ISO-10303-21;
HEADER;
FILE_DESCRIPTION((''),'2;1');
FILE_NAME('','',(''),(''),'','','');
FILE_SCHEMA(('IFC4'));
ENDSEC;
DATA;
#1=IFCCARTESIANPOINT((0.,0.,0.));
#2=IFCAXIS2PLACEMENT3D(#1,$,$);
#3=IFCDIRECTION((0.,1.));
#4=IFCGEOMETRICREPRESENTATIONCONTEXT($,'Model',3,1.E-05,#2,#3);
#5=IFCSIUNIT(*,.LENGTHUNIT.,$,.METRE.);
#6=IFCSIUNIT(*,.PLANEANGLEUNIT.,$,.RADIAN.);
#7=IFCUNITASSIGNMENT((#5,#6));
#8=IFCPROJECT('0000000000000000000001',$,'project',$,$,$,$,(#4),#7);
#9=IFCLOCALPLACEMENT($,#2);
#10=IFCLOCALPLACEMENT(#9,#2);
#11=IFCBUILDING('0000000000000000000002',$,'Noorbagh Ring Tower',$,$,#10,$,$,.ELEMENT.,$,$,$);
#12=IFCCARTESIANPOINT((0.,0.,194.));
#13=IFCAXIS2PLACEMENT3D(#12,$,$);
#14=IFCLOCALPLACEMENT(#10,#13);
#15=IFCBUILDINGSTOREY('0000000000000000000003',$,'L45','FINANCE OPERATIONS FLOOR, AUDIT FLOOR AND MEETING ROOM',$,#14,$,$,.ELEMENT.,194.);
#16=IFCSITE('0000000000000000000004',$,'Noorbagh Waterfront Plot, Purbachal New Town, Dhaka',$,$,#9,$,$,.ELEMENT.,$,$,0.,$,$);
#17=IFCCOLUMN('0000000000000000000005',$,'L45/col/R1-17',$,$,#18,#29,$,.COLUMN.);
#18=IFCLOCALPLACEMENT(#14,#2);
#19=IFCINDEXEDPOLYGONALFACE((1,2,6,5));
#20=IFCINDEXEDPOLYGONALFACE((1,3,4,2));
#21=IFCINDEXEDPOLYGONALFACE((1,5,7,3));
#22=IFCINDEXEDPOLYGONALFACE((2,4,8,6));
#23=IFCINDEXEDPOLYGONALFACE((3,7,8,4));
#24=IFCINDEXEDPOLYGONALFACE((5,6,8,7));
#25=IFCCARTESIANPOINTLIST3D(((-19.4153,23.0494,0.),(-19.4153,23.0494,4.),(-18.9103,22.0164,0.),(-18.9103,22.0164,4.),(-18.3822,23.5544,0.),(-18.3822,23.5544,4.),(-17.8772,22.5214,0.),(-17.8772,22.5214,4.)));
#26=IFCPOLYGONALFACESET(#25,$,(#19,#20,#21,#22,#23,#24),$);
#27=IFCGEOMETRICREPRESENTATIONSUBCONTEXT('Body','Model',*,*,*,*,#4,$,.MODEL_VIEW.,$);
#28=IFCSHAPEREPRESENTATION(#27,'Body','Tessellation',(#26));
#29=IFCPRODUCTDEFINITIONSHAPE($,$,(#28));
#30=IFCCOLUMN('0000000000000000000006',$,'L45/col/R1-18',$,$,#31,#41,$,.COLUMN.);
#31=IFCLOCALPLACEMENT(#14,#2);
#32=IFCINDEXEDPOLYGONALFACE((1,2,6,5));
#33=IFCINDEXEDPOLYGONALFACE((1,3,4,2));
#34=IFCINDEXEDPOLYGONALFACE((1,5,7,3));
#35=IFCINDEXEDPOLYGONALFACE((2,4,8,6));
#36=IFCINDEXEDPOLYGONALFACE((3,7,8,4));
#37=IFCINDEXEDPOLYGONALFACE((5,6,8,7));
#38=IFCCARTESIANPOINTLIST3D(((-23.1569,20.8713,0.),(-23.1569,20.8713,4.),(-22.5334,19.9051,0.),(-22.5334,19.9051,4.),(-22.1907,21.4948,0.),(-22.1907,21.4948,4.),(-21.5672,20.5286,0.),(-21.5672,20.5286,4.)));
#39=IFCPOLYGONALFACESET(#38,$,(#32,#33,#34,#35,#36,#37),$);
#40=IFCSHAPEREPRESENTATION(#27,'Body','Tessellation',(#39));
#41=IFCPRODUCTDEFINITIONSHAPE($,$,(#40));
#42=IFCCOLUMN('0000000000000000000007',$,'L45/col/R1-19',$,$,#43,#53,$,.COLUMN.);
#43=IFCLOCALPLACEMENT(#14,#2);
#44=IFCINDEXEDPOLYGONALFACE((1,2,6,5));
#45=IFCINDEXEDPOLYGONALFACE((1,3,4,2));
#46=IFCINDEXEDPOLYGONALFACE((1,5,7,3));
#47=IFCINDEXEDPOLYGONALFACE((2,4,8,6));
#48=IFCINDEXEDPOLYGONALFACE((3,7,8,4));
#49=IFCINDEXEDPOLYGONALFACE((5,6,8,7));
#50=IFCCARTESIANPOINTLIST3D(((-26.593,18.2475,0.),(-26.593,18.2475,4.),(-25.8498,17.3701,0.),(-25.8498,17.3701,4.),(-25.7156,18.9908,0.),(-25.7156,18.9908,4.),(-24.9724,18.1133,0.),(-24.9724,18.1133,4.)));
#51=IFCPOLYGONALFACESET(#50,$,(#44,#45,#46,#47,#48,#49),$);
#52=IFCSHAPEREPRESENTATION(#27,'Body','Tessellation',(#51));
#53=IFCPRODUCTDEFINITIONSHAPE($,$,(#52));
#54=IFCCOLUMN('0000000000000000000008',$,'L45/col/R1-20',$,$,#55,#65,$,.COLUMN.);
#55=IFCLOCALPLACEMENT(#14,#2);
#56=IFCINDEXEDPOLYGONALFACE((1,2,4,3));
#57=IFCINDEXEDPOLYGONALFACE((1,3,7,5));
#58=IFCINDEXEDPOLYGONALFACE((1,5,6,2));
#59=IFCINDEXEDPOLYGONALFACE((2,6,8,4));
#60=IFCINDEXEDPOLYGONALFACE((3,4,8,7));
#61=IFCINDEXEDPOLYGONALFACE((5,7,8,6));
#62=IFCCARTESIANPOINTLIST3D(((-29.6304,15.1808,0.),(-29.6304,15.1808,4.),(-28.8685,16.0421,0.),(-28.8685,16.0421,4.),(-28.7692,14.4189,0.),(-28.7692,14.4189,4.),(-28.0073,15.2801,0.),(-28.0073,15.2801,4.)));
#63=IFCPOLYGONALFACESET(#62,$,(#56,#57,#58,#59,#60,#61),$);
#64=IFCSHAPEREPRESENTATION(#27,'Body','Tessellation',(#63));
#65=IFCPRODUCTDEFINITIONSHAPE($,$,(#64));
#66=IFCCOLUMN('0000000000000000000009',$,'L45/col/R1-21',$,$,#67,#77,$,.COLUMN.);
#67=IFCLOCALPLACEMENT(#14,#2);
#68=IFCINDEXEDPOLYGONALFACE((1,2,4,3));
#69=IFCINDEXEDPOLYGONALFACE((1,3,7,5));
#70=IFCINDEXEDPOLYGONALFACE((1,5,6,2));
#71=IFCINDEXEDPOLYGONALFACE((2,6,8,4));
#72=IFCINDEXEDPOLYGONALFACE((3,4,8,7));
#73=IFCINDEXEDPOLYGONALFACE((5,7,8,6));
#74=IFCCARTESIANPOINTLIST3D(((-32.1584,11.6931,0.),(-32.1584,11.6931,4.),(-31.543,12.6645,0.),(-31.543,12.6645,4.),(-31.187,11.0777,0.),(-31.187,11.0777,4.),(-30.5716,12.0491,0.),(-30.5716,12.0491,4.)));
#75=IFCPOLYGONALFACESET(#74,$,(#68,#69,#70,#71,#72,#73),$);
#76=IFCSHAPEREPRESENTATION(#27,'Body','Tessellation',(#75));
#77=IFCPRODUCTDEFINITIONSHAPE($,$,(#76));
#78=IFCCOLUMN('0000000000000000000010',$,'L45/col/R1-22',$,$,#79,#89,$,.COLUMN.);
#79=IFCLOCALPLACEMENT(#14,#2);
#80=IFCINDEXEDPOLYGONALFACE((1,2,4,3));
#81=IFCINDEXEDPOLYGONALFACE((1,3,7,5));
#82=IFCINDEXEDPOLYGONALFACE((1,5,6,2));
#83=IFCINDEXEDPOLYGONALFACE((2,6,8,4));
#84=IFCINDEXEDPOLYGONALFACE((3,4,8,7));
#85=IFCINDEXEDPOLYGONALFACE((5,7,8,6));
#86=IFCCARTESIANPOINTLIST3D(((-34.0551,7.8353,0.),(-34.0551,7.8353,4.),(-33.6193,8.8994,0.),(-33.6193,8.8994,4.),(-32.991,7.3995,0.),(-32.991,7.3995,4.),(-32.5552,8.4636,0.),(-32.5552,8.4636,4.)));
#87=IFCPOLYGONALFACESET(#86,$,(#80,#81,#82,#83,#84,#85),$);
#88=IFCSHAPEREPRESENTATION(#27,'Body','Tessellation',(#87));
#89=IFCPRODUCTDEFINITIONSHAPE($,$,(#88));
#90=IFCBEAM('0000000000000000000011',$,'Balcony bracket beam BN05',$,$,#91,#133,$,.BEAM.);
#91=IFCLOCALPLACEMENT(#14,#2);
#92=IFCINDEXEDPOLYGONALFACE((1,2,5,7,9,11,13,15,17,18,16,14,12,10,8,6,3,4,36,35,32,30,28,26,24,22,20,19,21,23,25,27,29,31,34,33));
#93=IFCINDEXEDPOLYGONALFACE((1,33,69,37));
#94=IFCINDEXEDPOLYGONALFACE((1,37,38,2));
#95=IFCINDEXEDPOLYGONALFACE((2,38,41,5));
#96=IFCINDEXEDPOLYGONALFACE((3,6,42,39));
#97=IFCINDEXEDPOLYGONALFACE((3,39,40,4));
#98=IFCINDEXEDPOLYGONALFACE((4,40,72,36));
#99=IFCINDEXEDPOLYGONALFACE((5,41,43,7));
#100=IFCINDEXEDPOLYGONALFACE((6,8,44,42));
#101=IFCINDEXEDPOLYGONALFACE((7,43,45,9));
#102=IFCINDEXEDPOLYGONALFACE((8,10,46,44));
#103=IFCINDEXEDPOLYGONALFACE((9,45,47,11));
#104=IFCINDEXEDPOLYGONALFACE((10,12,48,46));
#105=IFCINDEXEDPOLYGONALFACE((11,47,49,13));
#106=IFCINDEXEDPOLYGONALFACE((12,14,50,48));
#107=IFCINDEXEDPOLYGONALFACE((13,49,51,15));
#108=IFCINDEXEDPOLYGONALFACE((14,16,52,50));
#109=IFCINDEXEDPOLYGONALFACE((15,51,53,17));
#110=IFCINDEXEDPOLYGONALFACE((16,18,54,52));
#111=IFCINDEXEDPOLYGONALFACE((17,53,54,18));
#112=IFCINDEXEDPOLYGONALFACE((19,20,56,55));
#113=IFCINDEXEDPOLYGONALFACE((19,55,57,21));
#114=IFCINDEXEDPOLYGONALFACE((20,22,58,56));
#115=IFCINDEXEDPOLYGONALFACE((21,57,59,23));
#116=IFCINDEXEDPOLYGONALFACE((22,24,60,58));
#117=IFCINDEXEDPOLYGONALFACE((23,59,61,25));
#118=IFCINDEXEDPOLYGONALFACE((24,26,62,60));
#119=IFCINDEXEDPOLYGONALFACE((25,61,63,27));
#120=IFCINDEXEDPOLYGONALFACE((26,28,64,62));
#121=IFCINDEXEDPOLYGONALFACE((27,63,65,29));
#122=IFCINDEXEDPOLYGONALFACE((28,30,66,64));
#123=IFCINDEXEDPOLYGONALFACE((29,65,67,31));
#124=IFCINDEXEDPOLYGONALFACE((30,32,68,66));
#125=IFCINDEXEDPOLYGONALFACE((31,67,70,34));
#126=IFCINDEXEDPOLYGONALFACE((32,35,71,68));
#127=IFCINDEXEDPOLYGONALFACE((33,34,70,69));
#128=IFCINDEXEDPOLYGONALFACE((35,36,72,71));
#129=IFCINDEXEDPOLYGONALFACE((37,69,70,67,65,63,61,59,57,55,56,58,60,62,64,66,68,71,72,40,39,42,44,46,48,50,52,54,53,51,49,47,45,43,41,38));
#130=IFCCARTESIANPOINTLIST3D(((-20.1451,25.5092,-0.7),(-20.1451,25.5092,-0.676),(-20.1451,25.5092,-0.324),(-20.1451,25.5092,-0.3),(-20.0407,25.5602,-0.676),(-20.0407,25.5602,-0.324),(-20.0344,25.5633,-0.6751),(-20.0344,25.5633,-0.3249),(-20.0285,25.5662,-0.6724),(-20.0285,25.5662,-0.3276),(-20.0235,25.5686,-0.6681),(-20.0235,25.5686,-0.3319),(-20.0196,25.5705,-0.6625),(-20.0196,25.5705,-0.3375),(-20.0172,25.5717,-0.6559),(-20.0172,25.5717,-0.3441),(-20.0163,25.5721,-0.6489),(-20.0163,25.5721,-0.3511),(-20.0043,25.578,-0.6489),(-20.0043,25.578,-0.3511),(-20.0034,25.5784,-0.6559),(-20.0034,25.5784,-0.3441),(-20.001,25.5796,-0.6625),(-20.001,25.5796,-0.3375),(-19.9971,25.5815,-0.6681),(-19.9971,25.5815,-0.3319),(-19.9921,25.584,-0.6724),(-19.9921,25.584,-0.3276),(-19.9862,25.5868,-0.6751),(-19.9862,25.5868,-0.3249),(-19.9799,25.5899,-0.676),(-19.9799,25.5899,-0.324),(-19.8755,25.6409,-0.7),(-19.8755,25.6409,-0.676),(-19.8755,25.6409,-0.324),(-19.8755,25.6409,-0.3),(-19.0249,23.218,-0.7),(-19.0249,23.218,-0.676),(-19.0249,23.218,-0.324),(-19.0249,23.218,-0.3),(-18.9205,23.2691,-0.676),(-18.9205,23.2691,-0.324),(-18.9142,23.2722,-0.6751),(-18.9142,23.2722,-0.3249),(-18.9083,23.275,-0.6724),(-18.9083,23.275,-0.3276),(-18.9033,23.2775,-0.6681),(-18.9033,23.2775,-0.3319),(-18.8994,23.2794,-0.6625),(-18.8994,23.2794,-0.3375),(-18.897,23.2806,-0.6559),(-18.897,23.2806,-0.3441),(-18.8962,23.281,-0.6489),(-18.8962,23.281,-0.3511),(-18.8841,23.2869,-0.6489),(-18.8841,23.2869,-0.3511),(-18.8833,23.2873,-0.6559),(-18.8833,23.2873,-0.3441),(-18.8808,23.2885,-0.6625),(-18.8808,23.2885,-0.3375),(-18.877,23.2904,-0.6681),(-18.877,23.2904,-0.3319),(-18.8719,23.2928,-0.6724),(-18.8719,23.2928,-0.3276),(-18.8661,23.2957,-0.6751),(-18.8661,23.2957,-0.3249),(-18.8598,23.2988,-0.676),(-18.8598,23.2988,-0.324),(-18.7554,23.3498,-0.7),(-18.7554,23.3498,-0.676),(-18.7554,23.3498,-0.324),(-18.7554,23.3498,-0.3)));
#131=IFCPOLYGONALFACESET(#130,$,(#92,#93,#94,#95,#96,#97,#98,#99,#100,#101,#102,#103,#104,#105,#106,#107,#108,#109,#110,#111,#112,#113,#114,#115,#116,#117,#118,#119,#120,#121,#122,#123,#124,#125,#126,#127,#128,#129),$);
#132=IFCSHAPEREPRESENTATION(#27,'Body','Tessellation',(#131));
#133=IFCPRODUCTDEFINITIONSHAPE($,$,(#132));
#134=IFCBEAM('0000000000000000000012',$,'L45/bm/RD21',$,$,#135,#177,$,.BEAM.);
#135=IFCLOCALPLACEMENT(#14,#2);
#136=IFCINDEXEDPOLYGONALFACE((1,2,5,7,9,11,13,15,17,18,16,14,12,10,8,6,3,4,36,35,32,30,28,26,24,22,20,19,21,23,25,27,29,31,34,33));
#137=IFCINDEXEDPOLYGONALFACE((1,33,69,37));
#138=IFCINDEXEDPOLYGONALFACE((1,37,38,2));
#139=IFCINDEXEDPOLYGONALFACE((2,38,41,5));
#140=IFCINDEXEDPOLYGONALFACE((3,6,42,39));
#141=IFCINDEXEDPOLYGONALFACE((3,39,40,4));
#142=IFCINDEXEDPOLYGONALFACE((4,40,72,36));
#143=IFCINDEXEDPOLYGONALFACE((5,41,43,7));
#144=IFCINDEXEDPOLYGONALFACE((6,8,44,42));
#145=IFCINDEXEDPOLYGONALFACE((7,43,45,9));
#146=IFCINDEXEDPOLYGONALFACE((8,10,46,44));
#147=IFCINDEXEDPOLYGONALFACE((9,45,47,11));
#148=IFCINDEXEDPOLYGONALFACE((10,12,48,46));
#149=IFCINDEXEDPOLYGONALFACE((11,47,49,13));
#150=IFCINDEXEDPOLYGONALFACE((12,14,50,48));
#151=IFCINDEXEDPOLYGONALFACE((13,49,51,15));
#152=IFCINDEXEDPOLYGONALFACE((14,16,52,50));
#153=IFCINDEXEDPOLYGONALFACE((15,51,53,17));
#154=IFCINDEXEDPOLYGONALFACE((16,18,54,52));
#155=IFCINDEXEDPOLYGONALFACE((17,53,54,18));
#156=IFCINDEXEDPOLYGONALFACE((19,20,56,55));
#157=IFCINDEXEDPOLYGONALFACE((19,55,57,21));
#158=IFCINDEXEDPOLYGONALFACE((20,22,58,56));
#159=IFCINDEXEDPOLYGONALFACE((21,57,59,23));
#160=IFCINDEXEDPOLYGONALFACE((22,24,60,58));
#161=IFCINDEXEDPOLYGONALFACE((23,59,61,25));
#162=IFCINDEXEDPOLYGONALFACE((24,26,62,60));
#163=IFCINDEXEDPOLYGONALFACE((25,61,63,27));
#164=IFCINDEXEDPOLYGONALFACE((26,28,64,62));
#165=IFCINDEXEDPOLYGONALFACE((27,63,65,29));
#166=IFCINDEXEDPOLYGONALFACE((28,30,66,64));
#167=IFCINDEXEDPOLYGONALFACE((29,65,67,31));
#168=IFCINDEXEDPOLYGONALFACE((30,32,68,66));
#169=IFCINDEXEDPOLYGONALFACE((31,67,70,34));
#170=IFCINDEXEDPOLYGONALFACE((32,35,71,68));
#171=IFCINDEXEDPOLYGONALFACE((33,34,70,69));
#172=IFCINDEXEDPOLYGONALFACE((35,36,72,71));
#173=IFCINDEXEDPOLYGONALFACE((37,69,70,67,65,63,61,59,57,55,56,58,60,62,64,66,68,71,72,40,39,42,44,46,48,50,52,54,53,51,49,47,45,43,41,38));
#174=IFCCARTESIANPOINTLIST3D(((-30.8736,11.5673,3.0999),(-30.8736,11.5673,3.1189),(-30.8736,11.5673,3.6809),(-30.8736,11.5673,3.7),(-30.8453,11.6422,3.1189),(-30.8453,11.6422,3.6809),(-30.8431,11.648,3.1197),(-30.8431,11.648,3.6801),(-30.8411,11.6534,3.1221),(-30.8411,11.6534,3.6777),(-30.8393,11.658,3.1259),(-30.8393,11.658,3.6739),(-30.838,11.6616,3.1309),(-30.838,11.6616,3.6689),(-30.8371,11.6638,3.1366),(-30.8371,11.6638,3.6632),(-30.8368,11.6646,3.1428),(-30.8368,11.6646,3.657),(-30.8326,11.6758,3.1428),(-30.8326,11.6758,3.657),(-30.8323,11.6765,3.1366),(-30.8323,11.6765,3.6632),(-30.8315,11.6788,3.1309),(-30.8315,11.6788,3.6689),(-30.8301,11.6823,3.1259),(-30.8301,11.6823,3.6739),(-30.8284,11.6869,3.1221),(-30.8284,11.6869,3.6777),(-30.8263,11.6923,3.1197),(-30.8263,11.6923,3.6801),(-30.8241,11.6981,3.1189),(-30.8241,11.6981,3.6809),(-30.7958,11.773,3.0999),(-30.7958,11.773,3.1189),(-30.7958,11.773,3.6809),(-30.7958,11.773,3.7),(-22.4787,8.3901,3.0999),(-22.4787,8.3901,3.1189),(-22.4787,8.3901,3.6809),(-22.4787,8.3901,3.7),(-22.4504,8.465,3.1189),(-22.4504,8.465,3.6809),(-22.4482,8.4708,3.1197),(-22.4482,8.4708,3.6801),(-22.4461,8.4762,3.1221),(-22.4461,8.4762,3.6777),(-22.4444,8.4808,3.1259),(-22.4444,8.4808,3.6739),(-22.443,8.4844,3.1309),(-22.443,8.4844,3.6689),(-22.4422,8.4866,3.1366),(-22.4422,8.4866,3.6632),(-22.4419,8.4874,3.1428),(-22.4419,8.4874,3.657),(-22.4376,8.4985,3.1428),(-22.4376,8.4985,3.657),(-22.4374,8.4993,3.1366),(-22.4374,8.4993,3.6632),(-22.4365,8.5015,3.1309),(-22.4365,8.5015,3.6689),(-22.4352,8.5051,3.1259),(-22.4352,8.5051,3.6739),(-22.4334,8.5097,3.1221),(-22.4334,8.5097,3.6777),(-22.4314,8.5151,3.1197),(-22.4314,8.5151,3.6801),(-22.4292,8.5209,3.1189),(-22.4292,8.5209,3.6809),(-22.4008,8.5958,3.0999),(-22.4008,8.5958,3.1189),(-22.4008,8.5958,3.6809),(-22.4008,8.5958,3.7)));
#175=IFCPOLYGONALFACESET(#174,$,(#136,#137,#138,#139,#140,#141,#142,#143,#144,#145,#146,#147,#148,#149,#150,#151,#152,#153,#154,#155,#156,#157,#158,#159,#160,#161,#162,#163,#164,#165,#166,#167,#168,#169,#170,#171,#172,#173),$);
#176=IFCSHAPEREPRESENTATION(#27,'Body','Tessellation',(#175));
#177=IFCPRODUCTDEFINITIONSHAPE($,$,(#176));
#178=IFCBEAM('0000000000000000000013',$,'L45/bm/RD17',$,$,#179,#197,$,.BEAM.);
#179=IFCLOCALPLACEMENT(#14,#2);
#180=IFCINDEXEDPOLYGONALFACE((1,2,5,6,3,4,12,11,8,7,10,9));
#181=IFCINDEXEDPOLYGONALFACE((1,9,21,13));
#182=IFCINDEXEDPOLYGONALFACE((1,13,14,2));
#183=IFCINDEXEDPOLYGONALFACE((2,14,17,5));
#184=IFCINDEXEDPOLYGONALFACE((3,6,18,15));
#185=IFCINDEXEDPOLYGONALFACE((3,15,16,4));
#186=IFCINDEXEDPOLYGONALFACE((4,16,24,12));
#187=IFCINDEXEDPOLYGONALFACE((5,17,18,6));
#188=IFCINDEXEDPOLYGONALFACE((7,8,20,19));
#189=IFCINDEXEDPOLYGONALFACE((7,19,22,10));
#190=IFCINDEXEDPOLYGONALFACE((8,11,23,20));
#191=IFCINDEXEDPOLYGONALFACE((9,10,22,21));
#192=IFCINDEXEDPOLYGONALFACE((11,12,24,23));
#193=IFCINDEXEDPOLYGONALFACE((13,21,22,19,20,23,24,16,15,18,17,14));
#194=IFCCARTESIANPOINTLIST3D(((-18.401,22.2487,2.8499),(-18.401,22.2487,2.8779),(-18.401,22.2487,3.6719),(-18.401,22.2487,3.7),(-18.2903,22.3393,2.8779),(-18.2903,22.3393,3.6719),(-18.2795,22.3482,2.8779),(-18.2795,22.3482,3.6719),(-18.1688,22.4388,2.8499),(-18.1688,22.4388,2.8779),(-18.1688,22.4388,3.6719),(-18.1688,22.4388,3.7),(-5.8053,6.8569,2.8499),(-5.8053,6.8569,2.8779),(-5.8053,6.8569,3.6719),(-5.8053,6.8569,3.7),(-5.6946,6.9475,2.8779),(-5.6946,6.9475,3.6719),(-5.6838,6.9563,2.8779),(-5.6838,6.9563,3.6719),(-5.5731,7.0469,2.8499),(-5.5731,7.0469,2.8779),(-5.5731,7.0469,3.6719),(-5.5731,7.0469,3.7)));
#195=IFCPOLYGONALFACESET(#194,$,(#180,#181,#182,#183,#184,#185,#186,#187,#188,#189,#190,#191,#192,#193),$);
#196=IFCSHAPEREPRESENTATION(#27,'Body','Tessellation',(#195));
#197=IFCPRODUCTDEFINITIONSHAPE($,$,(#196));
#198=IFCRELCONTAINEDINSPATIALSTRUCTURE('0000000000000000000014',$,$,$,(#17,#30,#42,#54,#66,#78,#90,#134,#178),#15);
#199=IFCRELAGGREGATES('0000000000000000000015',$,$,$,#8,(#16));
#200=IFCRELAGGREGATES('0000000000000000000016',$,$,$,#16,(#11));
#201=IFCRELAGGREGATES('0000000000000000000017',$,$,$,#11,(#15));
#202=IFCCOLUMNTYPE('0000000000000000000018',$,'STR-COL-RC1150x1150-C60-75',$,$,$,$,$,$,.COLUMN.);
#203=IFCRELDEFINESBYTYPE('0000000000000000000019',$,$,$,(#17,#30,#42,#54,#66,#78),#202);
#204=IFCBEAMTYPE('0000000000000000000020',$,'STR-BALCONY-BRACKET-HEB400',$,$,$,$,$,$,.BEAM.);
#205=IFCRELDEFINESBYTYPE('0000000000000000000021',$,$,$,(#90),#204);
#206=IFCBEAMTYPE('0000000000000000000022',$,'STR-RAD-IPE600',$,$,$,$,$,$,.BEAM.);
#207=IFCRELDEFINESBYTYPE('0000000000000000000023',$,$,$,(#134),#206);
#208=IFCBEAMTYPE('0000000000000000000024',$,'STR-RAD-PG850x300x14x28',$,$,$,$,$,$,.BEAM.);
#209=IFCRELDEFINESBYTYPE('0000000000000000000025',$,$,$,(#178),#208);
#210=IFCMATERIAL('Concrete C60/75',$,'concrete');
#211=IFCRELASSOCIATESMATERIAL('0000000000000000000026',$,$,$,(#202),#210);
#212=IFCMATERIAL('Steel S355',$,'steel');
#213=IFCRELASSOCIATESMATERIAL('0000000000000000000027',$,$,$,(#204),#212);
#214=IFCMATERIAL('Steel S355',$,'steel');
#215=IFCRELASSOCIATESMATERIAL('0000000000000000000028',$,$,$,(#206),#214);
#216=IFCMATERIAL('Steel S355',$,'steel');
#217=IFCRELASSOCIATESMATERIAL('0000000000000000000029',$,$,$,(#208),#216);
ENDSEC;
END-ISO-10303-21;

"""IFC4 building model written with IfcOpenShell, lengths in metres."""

from ifc_helpers import new_model, si_unit, direction, frame, origin, origin_2d, place, context, subcontext, project, spatial, rectangle, i_section, extrude, material, material_profile, profile_set, type_object, element, save


model = new_model("IFC4")

# Units and contexts
model_context = context("Model", 3, precision=1e-05, world=origin(), true_north=direction((0.0, 1.0)))
body_context = subcontext(model_context, "Body", "Model", "MODEL_VIEW")
ifc_project = project(units=[si_unit("LENGTHUNIT", "METRE"), si_unit("PLANEANGLEUNIT", "RADIAN")], contexts=[model_context])

# Site, building, storey
site_placement = place(None, origin())
site = spatial("IfcSite", under=ifc_project, at=site_placement, Name="Noorbagh Waterfront Plot, Purbachal New Town, Dhaka", CompositionType="ELEMENT", RefElevation=0.0)
building_placement = place(site_placement, origin())
building = spatial("IfcBuilding", under=site, at=building_placement, Name="Noorbagh Ring Tower", CompositionType="ELEMENT")
storey_placement = place(building_placement, frame((0.0, 0.0, 194.0)))
storey = spatial("IfcBuildingStorey", under=building, at=storey_placement, Name="L45", Description="FINANCE OPERATIONS FLOOR, AUDIT FLOOR AND MEETING ROOM", CompositionType="ELEMENT", Elevation=194.0)

# Columns
ifc_material_1 = material(Name="Concrete C60/75", Category="concrete")
ifc_material_profile_1 = material_profile(ifc_material_1, rectangle(XDim=1.1499, YDim=1.1499, at=origin_2d()), Name="RC1150x1150")
ifc_profile_set_1 = profile_set([ifc_material_profile_1], Name="Concrete C60/75")
column_type = type_object("IfcColumnType", Name="STR-COL-RC1150x1150-C60-75", PredefinedType="COLUMN", material=ifc_profile_set_1)
for number, where, z_axis, x_axis, name in (
    (1, (-18.6462, 22.7854, 0.0), (0.0, 0.0, 1.0), (-0.898399, -0.43918, 0.0), "L45/col/R1-17"),
    (2, (-22.3621, 20.7, 0.0), (0.0, 0.0, 1.0), (-0.840248, -0.542203, 0.0), "L45/col/R1-18"),
    (3, (-25.7827, 18.1804, 0.0), (0.0, 0.0, 1.0), (-0.763035, -0.646357, 0.0), "L45/col/R1-19"),
    (4, (-28.8188, 15.2305, 0.0), (0.0, 0.0, 1.0), (-0.662636, -0.748942, 0.0), "L45/col/R1-20"),
    (5, (-31.365, 11.8711, 0.0), (0.0, 0.0, 1.0), (-0.53519, -0.844731, 0.0), "L45/col/R1-21"),
    (6, (-33.3052, 8.1494, 0.0), (0.0, 0.0, 1.0), (-0.378989, -0.925401, 0.0), "L45/col/R1-22"),
):
    element("IfcColumn", number, at=place(storey_placement, frame(where, z_axis=z_axis, x_axis=x_axis)), inside=storey, type_object=column_type, Name=name, PredefinedType="COLUMN", context=body_context, shape_type="SweptSolid", body=[
        extrude(rectangle(XDim=1.1499, YDim=1.1499, at=origin_2d()), origin(), (0.0, 0.0, 1.0), 4.0),
    ])

# Beams
ifc_material_2 = material(Name="Steel S355", Category="steel")
ifc_material_profile_2 = material_profile(ifc_material_2, i_section(OverallWidth=0.3, OverallDepth=0.3999, WebThickness=0.0134, FlangeThickness=0.0239, FilletRadius=0.0271, at=origin_2d()), Name="HEB400")
ifc_profile_set_2 = profile_set([ifc_material_profile_2], Name="Steel S355")
beam_type_1 = type_object("IfcBeamType", Name="STR-BALCONY-BRACKET-HEB400", PredefinedType="BEAM", material=ifc_profile_set_2)
beam_1_placement = place(storey_placement, frame((-18.8901, 23.2839, -0.5), z_axis=(-0.439231, 0.898374, 0.0), x_axis=(-0.898374, -0.439231, 0.0)))
element("IfcBeam", 7, at=beam_1_placement, inside=storey, type_object=beam_type_1, Name="Balcony bracket beam BN05", PredefinedType="BEAM", context=body_context, shape_type="SweptSolid", body=[
    extrude(i_section(OverallWidth=0.3, OverallDepth=0.3999, WebThickness=0.0134, FlangeThickness=0.0239, FilletRadius=0.0271, at=origin_2d()), origin(), (0.0, 0.0, 1.0), 2.5503),
])
ifc_material_3 = material(Name="Steel S355", Category="steel")
ifc_material_profile_3 = material_profile(ifc_material_3, i_section(OverallWidth=0.22, OverallDepth=0.6001, WebThickness=0.012, FlangeThickness=0.019, FilletRadius=0.0239, at=origin_2d()), Name="IPE600")
ifc_profile_set_3 = profile_set([ifc_material_profile_3], Name="Steel S355")
beam_type_2 = type_object("IfcBeamType", Name="STR-RAD-IPE600", PredefinedType="BEAM", material=ifc_profile_set_3)
beam_2_placement = place(storey_placement, frame((-30.8347, 11.6702, 3.3999), z_axis=(0.935259, -0.353965, 0.0), x_axis=(0.353965, 0.935259, 0.0)))
element("IfcBeam", 8, at=beam_2_placement, inside=storey, type_object=beam_type_2, Name="L45/bm/RD21", PredefinedType="BEAM", context=body_context, shape_type="SweptSolid", body=[
    extrude(i_section(OverallWidth=0.22, OverallDepth=0.6001, WebThickness=0.012, FlangeThickness=0.019, FilletRadius=0.0239, at=origin_2d()), origin(), (0.0, 0.0, 1.0), 8.9761),
])
ifc_material_4 = material(Name="Steel S355", Category="steel")
ifc_material_profile_4 = material_profile(ifc_material_4, i_section(OverallWidth=0.3, OverallDepth=0.8501, WebThickness=0.0139, FlangeThickness=0.0281, at=origin_2d()), Name="PG850x300x14x28")
ifc_profile_set_4 = profile_set([ifc_material_profile_4], Name="Steel S355")
beam_type_3 = type_object("IfcBeamType", Name="STR-RAD-PG850x300x14x28", PredefinedType="BEAM", material=ifc_profile_set_4)
beam_3_placement = place(storey_placement, frame((-18.2849, 22.3438, 3.2749), z_axis=(0.633309, -0.773899, 0.0), x_axis=(0.773899, 0.633309, 0.0)))
element("IfcBeam", 9, at=beam_3_placement, inside=storey, type_object=beam_type_3, Name="L45/bm/RD17", PredefinedType="BEAM", context=body_context, shape_type="SweptSolid", body=[
    extrude(i_section(OverallWidth=0.3, OverallDepth=0.8501, WebThickness=0.0139, FlangeThickness=0.0281, at=origin_2d()), origin(), (0.0, 0.0, 1.0), 19.8887),
])

save(model, "model.ifc")
